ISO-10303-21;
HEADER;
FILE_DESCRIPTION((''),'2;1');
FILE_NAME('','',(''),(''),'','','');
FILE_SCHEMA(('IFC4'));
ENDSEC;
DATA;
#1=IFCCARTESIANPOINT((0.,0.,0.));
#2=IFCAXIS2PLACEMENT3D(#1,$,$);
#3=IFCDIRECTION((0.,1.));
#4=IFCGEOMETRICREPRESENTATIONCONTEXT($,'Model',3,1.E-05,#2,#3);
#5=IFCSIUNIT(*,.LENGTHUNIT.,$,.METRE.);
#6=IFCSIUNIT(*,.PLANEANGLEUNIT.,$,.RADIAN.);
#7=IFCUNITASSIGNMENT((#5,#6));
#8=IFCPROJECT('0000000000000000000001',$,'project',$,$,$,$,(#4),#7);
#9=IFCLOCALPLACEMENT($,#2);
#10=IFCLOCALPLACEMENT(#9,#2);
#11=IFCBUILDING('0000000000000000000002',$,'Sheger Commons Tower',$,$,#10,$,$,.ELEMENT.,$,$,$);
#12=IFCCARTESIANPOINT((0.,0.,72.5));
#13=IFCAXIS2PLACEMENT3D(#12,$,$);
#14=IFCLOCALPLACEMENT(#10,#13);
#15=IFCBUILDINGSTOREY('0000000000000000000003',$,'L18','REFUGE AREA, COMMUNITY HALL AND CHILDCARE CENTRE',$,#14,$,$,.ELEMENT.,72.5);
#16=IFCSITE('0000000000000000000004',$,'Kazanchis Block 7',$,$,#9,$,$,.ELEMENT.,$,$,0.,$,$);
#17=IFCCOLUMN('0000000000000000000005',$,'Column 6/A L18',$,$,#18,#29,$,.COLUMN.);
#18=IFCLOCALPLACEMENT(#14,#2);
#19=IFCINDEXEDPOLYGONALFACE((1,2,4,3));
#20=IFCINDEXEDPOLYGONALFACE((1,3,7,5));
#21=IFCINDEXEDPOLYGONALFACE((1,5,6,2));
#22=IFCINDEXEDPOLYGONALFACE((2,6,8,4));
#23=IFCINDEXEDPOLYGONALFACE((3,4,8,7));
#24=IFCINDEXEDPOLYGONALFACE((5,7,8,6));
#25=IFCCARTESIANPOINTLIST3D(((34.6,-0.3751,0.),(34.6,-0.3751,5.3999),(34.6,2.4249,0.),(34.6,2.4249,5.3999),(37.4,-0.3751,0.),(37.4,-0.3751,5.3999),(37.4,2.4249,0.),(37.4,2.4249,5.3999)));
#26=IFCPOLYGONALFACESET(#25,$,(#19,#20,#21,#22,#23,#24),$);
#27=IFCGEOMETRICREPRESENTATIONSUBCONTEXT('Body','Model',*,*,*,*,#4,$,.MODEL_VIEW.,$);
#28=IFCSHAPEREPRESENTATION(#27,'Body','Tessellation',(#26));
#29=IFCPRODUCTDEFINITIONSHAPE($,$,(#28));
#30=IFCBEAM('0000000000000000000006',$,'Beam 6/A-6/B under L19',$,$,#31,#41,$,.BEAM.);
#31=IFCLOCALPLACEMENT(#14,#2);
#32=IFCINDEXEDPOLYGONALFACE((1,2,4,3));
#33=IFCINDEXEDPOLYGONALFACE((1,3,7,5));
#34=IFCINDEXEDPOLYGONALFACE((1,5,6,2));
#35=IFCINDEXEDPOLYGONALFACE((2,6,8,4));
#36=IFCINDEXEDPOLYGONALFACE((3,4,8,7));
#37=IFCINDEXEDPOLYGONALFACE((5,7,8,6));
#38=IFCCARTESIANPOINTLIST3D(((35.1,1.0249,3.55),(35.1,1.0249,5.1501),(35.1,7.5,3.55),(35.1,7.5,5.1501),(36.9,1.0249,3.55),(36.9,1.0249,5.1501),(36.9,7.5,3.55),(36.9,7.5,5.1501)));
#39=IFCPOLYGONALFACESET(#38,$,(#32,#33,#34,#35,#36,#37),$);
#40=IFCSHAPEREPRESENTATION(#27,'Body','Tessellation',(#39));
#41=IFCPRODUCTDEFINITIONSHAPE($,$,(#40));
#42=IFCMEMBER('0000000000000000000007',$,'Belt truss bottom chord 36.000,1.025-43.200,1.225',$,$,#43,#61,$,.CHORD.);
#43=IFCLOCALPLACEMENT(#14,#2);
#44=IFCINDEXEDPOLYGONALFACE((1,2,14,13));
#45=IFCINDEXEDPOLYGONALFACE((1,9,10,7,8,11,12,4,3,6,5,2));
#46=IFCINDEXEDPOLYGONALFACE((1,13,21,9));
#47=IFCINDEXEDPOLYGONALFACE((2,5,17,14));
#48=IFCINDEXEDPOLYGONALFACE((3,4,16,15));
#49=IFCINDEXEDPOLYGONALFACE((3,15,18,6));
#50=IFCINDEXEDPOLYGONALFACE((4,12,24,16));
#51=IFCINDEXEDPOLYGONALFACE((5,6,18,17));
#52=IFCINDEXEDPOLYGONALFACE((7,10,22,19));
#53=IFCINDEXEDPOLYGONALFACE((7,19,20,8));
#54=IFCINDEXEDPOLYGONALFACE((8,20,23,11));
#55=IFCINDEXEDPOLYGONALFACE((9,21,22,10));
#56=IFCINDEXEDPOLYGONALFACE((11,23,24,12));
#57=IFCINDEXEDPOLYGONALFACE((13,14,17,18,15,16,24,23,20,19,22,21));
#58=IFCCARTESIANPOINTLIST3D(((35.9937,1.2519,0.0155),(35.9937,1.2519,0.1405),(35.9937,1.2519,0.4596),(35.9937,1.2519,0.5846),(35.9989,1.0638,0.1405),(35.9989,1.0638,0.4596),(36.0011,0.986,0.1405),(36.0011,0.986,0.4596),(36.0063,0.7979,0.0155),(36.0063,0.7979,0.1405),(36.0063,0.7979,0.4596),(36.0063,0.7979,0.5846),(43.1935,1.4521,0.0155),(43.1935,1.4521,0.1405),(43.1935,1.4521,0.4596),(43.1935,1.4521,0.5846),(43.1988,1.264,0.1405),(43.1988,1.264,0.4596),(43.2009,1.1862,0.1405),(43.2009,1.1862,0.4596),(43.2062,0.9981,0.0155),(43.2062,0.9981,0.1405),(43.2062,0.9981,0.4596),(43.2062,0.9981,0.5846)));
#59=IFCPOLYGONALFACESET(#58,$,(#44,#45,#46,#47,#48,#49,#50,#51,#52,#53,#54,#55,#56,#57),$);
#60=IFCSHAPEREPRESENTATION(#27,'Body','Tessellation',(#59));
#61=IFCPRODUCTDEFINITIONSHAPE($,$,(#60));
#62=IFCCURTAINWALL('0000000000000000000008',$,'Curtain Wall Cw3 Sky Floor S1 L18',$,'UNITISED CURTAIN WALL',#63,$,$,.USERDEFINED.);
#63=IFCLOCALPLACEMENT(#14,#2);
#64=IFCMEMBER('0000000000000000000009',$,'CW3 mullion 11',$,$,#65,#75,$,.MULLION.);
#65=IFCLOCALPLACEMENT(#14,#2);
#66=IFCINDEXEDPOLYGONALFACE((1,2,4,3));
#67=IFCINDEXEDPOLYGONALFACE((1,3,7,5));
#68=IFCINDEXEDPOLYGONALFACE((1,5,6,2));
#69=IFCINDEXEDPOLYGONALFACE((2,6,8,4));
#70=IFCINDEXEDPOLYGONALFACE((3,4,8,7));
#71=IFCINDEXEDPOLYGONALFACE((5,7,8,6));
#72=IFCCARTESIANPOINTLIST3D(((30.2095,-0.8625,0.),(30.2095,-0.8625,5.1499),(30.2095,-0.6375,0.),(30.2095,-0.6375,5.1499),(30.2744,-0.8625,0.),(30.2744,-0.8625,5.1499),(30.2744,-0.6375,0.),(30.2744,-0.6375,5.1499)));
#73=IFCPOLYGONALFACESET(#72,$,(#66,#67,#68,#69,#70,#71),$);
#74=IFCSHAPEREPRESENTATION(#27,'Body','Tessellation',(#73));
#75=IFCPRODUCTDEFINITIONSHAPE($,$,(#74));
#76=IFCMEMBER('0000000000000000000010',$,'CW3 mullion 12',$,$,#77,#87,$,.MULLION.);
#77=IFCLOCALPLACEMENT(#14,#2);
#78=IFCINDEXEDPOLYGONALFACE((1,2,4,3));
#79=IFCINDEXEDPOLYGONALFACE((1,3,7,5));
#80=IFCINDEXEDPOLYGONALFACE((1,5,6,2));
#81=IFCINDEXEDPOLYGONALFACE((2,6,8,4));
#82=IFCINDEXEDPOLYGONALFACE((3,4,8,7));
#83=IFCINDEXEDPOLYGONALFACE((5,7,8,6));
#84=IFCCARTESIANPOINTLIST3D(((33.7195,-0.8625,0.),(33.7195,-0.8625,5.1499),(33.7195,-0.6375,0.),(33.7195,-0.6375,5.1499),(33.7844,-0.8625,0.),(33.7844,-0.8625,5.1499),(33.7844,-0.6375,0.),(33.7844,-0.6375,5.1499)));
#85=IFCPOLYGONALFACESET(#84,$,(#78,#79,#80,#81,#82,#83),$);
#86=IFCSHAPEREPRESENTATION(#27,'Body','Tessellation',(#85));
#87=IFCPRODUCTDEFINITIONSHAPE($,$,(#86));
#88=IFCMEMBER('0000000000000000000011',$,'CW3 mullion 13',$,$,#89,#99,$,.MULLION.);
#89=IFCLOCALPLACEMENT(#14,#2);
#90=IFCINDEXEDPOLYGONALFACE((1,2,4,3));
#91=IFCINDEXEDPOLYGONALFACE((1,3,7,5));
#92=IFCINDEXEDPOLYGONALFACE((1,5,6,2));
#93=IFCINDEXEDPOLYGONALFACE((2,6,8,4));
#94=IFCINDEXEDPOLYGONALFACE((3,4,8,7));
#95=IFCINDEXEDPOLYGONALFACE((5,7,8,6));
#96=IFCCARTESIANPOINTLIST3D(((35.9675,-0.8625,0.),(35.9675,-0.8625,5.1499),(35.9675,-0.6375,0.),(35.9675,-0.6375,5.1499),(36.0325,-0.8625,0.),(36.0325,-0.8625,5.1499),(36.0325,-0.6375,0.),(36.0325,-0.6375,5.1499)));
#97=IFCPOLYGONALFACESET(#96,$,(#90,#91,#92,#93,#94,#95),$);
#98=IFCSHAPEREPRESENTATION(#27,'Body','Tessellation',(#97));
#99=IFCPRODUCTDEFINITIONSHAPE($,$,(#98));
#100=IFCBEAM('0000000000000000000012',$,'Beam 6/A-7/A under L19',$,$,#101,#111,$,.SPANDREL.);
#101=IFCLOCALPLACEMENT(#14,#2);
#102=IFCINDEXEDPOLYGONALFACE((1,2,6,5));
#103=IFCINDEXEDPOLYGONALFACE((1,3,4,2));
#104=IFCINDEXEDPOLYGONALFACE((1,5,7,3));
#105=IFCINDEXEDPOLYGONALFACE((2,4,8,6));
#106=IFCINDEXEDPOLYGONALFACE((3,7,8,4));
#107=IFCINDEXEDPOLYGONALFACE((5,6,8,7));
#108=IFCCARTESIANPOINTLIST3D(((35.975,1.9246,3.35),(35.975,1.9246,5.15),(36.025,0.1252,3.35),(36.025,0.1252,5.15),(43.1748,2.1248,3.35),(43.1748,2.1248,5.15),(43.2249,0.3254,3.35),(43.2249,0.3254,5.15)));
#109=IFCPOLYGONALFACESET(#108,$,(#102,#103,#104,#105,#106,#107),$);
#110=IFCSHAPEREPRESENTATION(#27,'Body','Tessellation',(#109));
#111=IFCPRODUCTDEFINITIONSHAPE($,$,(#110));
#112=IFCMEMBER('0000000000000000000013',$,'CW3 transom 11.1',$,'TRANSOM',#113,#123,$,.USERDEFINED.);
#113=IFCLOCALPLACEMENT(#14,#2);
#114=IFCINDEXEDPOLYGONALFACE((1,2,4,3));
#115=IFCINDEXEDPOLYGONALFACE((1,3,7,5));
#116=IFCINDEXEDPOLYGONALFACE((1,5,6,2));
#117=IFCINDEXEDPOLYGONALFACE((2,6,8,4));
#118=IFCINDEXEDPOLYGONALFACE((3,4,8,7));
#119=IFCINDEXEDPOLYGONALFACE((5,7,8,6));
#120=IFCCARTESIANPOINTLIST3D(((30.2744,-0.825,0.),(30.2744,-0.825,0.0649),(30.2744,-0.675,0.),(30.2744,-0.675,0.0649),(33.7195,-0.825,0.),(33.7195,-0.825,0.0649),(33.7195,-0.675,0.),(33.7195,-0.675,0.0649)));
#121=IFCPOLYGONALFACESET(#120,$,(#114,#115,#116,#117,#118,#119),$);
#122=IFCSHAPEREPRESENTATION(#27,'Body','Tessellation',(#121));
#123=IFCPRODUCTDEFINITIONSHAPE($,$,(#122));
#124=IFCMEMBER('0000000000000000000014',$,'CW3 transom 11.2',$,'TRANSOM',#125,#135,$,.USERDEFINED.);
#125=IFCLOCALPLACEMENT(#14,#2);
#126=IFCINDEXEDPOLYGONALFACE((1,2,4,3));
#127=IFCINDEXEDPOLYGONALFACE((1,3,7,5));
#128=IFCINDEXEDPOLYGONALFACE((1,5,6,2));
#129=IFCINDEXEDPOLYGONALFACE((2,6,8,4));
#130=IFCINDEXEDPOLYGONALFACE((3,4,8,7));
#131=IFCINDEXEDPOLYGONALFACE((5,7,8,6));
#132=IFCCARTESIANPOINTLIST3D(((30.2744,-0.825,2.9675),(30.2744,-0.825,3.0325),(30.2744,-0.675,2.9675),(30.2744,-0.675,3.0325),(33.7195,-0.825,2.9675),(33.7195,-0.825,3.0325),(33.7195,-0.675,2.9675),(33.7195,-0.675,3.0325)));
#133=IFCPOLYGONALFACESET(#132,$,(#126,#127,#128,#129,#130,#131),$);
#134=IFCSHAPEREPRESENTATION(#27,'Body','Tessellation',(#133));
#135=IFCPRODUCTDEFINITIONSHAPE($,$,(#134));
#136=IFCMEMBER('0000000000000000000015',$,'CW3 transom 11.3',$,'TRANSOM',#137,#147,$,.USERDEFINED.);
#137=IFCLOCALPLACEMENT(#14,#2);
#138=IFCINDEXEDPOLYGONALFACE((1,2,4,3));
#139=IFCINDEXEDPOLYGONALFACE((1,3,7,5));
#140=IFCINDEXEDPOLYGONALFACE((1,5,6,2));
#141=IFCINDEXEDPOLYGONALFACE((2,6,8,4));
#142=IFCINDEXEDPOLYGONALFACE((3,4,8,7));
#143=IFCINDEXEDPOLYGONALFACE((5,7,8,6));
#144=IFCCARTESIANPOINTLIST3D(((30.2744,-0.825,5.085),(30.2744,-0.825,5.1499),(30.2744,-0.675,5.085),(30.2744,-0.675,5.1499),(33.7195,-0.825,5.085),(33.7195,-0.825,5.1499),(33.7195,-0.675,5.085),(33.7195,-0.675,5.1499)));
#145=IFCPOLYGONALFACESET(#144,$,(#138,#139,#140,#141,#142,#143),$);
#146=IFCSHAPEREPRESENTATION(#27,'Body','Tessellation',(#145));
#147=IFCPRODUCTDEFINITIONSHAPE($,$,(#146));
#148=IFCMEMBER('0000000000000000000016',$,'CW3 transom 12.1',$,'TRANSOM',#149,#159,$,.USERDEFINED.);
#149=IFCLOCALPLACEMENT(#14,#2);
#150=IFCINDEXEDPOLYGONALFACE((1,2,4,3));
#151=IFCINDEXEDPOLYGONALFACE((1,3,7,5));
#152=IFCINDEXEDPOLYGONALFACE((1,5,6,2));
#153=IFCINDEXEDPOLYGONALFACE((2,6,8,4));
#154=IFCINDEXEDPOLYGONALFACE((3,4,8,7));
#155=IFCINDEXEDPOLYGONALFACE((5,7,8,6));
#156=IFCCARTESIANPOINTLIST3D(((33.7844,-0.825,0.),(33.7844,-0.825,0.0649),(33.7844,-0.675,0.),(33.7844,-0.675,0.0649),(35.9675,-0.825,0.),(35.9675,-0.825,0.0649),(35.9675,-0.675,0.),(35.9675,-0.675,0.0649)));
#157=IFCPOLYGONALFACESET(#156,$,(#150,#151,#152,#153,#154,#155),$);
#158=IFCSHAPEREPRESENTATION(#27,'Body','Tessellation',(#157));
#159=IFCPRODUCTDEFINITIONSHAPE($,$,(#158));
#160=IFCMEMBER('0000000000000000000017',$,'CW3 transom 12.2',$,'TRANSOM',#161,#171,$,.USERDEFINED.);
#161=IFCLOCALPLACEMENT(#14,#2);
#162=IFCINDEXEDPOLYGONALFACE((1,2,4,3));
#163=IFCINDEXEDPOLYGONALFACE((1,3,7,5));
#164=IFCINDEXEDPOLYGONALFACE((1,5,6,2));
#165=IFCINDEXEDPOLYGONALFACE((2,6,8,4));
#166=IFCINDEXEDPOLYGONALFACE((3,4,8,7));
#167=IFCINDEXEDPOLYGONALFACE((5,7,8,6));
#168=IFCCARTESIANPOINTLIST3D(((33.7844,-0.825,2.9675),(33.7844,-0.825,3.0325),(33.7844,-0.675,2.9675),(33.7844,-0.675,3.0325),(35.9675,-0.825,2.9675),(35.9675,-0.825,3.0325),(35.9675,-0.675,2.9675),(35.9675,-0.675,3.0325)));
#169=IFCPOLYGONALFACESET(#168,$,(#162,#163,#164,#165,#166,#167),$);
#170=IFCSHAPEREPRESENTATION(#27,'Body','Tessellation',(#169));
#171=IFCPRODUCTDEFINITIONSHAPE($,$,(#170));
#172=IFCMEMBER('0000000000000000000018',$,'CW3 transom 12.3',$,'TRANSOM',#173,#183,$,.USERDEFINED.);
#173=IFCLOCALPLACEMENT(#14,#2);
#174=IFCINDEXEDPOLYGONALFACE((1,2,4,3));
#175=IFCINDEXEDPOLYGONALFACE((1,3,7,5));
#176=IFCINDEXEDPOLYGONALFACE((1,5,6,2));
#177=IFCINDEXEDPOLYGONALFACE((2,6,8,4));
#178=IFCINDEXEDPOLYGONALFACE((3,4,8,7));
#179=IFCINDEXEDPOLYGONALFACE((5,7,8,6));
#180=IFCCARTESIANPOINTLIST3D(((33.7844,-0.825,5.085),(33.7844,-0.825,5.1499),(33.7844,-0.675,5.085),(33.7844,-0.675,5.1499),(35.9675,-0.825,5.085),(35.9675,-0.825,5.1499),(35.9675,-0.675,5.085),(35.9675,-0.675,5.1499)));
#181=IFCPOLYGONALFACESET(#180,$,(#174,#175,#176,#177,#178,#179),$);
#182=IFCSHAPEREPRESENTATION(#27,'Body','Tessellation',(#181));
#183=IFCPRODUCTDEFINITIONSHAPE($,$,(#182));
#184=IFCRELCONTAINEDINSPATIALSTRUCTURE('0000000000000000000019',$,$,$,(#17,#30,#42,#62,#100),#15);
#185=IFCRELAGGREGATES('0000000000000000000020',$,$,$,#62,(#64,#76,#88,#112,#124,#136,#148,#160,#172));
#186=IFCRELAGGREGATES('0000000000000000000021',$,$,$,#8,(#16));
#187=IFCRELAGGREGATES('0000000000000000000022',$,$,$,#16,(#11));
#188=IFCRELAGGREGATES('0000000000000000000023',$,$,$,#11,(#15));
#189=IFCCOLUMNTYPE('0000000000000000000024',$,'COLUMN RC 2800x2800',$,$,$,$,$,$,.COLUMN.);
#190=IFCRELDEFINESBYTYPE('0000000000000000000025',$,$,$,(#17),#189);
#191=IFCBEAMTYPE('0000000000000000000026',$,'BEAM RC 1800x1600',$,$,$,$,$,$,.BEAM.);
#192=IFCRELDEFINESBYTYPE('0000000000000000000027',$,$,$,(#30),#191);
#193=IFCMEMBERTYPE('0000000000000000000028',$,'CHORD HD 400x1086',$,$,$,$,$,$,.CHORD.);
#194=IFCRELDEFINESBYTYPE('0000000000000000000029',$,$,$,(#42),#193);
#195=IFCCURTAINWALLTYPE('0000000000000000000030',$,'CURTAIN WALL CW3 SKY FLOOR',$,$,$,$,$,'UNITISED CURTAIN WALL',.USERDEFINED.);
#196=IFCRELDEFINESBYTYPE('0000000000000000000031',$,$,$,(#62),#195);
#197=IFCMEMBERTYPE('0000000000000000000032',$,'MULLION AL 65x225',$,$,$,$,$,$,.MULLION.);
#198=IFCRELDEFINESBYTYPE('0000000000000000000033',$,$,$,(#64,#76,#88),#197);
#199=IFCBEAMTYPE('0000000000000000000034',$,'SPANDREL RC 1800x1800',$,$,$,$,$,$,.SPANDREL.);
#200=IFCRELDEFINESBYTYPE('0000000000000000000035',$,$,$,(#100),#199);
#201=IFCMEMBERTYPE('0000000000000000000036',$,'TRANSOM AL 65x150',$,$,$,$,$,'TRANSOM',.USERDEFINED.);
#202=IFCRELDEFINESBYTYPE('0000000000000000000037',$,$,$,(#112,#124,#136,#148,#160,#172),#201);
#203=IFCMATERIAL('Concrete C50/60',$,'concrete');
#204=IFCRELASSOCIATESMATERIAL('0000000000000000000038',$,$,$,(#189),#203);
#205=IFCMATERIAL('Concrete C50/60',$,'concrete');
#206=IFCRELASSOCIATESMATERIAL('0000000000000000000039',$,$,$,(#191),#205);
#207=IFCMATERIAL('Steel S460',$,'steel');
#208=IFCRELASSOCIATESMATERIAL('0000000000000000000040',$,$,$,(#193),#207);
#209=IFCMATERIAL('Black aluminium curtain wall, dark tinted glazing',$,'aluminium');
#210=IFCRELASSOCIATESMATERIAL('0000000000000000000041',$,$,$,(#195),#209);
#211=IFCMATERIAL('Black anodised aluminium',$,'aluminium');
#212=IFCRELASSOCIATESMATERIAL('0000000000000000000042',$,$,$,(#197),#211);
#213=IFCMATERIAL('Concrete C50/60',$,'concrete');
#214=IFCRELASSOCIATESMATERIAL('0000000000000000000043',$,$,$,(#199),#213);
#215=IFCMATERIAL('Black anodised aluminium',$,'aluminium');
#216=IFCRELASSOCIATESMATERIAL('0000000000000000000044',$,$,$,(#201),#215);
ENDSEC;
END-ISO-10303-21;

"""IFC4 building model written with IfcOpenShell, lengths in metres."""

from ifc_helpers import new_model, si_unit, direction, frame, origin, origin_2d, place, context, subcontext, project, spatial, rectangle, i_section, extrude, material, material_profile, profile_set, type_object, element, aggregate, save


model = new_model("IFC4")

# Units and contexts
model_context = context("Model", 3, precision=1e-05, world=origin(), true_north=direction((0.0, 1.0)))
body_context = subcontext(model_context, "Body", "Model", "MODEL_VIEW")
ifc_project = project(units=[si_unit("LENGTHUNIT", "METRE"), si_unit("PLANEANGLEUNIT", "RADIAN")], contexts=[model_context])

# Site, building, storey
site_placement = place(None, origin())
site = spatial("IfcSite", under=ifc_project, at=site_placement, Name="Kazanchis Block 7", CompositionType="ELEMENT", RefElevation=0.0)
building_placement = place(site_placement, origin())
building = spatial("IfcBuilding", under=site, at=building_placement, Name="Sheger Commons Tower", CompositionType="ELEMENT")
storey_placement = place(building_placement, frame((0.0, 0.0, 72.5)))
storey = spatial("IfcBuildingStorey", under=building, at=storey_placement, Name="L18", Description="REFUGE AREA, COMMUNITY HALL AND CHILDCARE CENTRE", CompositionType="ELEMENT", Elevation=72.5)

# Column
ifc_material_1 = material(Name="Concrete C50/60", Category="concrete")
ifc_material_profile_1 = material_profile(ifc_material_1, rectangle(XDim=2.8, YDim=2.8, at=origin_2d()), Name="RC 2800x2800")
ifc_profile_set_1 = profile_set([ifc_material_profile_1], Name="Concrete C50/60")
column_type = type_object("IfcColumnType", Name="COLUMN RC 2800x2800", PredefinedType="COLUMN", material=ifc_profile_set_1)
column_placement = place(storey_placement, frame((36.0, 1.0249, 0.0), z_axis=(0.0, 0.0, 1.0), x_axis=(1.0, 0.0, 0.0)))
element("IfcColumn", 1, at=column_placement, inside=storey, type_object=column_type, Name="Column 6/A L18", PredefinedType="COLUMN", context=body_context, shape_type="SweptSolid", body=[
    extrude(rectangle(XDim=2.8, YDim=2.8, at=origin_2d()), origin(), (0.0, 0.0, 1.0), 5.3999),
])

# Beam
ifc_material_2 = material(Name="Concrete C50/60", Category="concrete")
ifc_material_profile_2 = material_profile(ifc_material_2, rectangle(XDim=1.8, YDim=1.6001, at=origin_2d()), Name="RC 1800x1600")
ifc_profile_set_2 = profile_set([ifc_material_profile_2], Name="Concrete C50/60")
beam_type_1 = type_object("IfcBeamType", Name="BEAM RC 1800x1600", PredefinedType="BEAM", material=ifc_profile_set_2)
beam_1_placement = place(storey_placement, frame((36.0, 1.0249, 4.3501), z_axis=(0.0, 1.0, 0.0), x_axis=(-1.0, 0.0, 0.0)))
element("IfcBeam", 2, at=beam_1_placement, inside=storey, type_object=beam_type_1, Name="Beam 6/A-6/B under L19", PredefinedType="BEAM", context=body_context, shape_type="SweptSolid", body=[
    extrude(rectangle(XDim=1.8, YDim=1.6001, at=origin_2d()), origin(), (0.0, 0.0, 1.0), 6.4751),
])

# Member
ifc_material_3 = material(Name="Steel S460", Category="steel")
ifc_material_profile_3 = material_profile(ifc_material_3, i_section(OverallWidth=0.4541, OverallDepth=0.5691, WebThickness=0.0779, FlangeThickness=0.125, at=origin_2d()), Name="HD 400x1086")
ifc_profile_set_3 = profile_set([ifc_material_profile_3], Name="Steel S460")
member_type_1 = type_object("IfcMemberType", Name="CHORD HD 400x1086", PredefinedType="CHORD", material=ifc_profile_set_3)
member_1_placement = place(storey_placement, frame((36.0, 1.0249, 0.3), z_axis=(0.999614, 0.027794, 0.0), x_axis=(-0.027794, 0.999614, 0.0)))
element("IfcMember", 3, at=member_1_placement, inside=storey, type_object=member_type_1, Name="Belt truss bottom chord 36.000,1.025-43.200,1.225", PredefinedType="CHORD", context=body_context, shape_type="SweptSolid", body=[
    extrude(i_section(OverallWidth=0.4541, OverallDepth=0.5691, WebThickness=0.0779, FlangeThickness=0.125, at=origin_2d()), origin(), (0.0, 0.0, 1.0), 7.2026),
])

# Curtain wall, members
ifc_material_4 = material(Name="Black aluminium curtain wall, dark tinted glazing", Category="aluminium")
curtain_wall_type = type_object("IfcCurtainWallType", Name="CURTAIN WALL CW3 SKY FLOOR", ElementType="UNITISED CURTAIN WALL", PredefinedType="USERDEFINED", material=ifc_material_4)
curtain_wall_placement = place(storey_placement, origin())
curtain_wall = element("IfcCurtainWall", 4, at=curtain_wall_placement, inside=storey, type_object=curtain_wall_type, Name="Curtain Wall Cw3 Sky Floor S1 L18", ObjectType="UNITISED CURTAIN WALL", PredefinedType="USERDEFINED")
ifc_material_5 = material(Name="Black anodised aluminium", Category="aluminium")
ifc_material_profile_4 = material_profile(ifc_material_5, rectangle(XDim=0.2251, YDim=0.0649, at=origin_2d()), Name="AL 65x225")
ifc_profile_set_4 = profile_set([ifc_material_profile_4], Name="Black anodised aluminium")
member_type_2 = type_object("IfcMemberType", Name="MULLION AL 65x225", PredefinedType="MULLION", material=ifc_profile_set_4)
member_2_placement = place(storey_placement, frame((30.2419, -0.75, 0.0), z_axis=(0.0, 0.0, 1.0), x_axis=(0.0, 1.0, 0.0)))
member_2 = element("IfcMember", 5, at=member_2_placement, type_object=member_type_2, Name="CW3 mullion 11", PredefinedType="MULLION", context=body_context, shape_type="SweptSolid", body=[
    extrude(rectangle(XDim=0.2251, YDim=0.0649, at=origin_2d()), origin(), (0.0, 0.0, 1.0), 5.1499),
])
member_3_placement = place(storey_placement, frame((33.752, -0.75, 0.0), z_axis=(0.0, 0.0, 1.0), x_axis=(0.0, 1.0, 0.0)))
member_3 = element("IfcMember", 6, at=member_3_placement, type_object=member_type_2, Name="CW3 mullion 12", PredefinedType="MULLION", context=body_context, shape_type="SweptSolid", body=[
    extrude(rectangle(XDim=0.2251, YDim=0.0649, at=origin_2d()), origin(), (0.0, 0.0, 1.0), 5.1499),
])
member_4_placement = place(storey_placement, frame((36.0, -0.75, 0.0), z_axis=(0.0, 0.0, 1.0), x_axis=(0.0, 1.0, 0.0)))
member_4 = element("IfcMember", 7, at=member_4_placement, type_object=member_type_2, Name="CW3 mullion 13", PredefinedType="MULLION", context=body_context, shape_type="SweptSolid", body=[
    extrude(rectangle(XDim=0.2251, YDim=0.0649, at=origin_2d()), origin(), (0.0, 0.0, 1.0), 5.1499),
])

# Beam
ifc_material_6 = material(Name="Concrete C50/60", Category="concrete")
ifc_material_profile_5 = material_profile(ifc_material_6, rectangle(XDim=1.8, YDim=1.8, at=origin_2d()), Name="RC 1800x1800")
ifc_profile_set_5 = profile_set([ifc_material_profile_5], Name="Concrete C50/60")
beam_type_2 = type_object("IfcBeamType", Name="SPANDREL RC 1800x1800", PredefinedType="SPANDREL", material=ifc_profile_set_5)
beam_2_placement = place(storey_placement, frame((36.0, 1.0249, 4.25), z_axis=(0.999614, 0.027794, 0.0), x_axis=(-0.027794, 0.999614, 0.0)))
element("IfcBeam", 8, at=beam_2_placement, inside=storey, type_object=beam_type_2, Name="Beam 6/A-7/A under L19", PredefinedType="SPANDREL", context=body_context, shape_type="SweptSolid", body=[
    extrude(rectangle(XDim=1.8, YDim=1.8, at=origin_2d()), origin(), (0.0, 0.0, 1.0), 7.2026),
])

# Members
ifc_material_7 = material(Name="Black anodised aluminium", Category="aluminium")
ifc_material_profile_6 = material_profile(ifc_material_7, rectangle(XDim=0.1499, YDim=0.0649, at=origin_2d()), Name="AL 65x150")
ifc_profile_set_6 = profile_set([ifc_material_profile_6], Name="Black anodised aluminium")
member_type_3 = type_object("IfcMemberType", Name="TRANSOM AL 65x150", ElementType="TRANSOM", PredefinedType="USERDEFINED", material=ifc_profile_set_6)
member_5_placement = place(storey_placement, frame((30.2744, -0.75, 0.0325), z_axis=(1.0, 0.0, 0.0), x_axis=(0.0, 1.0, 0.0)))
member_5 = element("IfcMember", 9, at=member_5_placement, type_object=member_type_3, Name="CW3 transom 11.1", ObjectType="TRANSOM", PredefinedType="USERDEFINED", context=body_context, shape_type="SweptSolid", body=[
    extrude(rectangle(XDim=0.1499, YDim=0.0649, at=origin_2d()), origin(), (0.0, 0.0, 1.0), 3.4451),
])
member_6_placement = place(storey_placement, frame((30.2744, -0.75, 3.0), z_axis=(1.0, 0.0, 0.0), x_axis=(0.0, 1.0, 0.0)))
member_6 = element("IfcMember", 10, at=member_6_placement, type_object=member_type_3, Name="CW3 transom 11.2", ObjectType="TRANSOM", PredefinedType="USERDEFINED", context=body_context, shape_type="SweptSolid", body=[
    extrude(rectangle(XDim=0.1499, YDim=0.0649, at=origin_2d()), origin(), (0.0, 0.0, 1.0), 3.4451),
])
member_7_placement = place(storey_placement, frame((30.2744, -0.75, 5.1174), z_axis=(1.0, 0.0, 0.0), x_axis=(0.0, 1.0, 0.0)))
member_7 = element("IfcMember", 11, at=member_7_placement, type_object=member_type_3, Name="CW3 transom 11.3", ObjectType="TRANSOM", PredefinedType="USERDEFINED", context=body_context, shape_type="SweptSolid", body=[
    extrude(rectangle(XDim=0.1499, YDim=0.0649, at=origin_2d()), origin(), (0.0, 0.0, 1.0), 3.4451),
])
member_8_placement = place(storey_placement, frame((33.7844, -0.75, 0.0325), z_axis=(1.0, 0.0, 0.0), x_axis=(0.0, 1.0, 0.0)))
member_8 = element("IfcMember", 12, at=member_8_placement, type_object=member_type_3, Name="CW3 transom 12.1", ObjectType="TRANSOM", PredefinedType="USERDEFINED", context=body_context, shape_type="SweptSolid", body=[
    extrude(rectangle(XDim=0.1499, YDim=0.0649, at=origin_2d()), origin(), (0.0, 0.0, 1.0), 2.1831),
])
member_9_placement = place(storey_placement, frame((33.7844, -0.75, 3.0), z_axis=(1.0, 0.0, 0.0), x_axis=(0.0, 1.0, 0.0)))
member_9 = element("IfcMember", 13, at=member_9_placement, type_object=member_type_3, Name="CW3 transom 12.2", ObjectType="TRANSOM", PredefinedType="USERDEFINED", context=body_context, shape_type="SweptSolid", body=[
    extrude(rectangle(XDim=0.1499, YDim=0.0649, at=origin_2d()), origin(), (0.0, 0.0, 1.0), 2.1831),
])
member_10_placement = place(storey_placement, frame((33.7844, -0.75, 5.1174), z_axis=(1.0, 0.0, 0.0), x_axis=(0.0, 1.0, 0.0)))
member_10 = element("IfcMember", 14, at=member_10_placement, type_object=member_type_3, Name="CW3 transom 12.3", ObjectType="TRANSOM", PredefinedType="USERDEFINED", context=body_context, shape_type="SweptSolid", body=[
    extrude(rectangle(XDim=0.1499, YDim=0.0649, at=origin_2d()), origin(), (0.0, 0.0, 1.0), 2.1831),
])

aggregate(curtain_wall, [member_2, member_3, member_4, member_5, member_6, member_7, member_8, member_9, member_10])

save(model, "model.ifc")
